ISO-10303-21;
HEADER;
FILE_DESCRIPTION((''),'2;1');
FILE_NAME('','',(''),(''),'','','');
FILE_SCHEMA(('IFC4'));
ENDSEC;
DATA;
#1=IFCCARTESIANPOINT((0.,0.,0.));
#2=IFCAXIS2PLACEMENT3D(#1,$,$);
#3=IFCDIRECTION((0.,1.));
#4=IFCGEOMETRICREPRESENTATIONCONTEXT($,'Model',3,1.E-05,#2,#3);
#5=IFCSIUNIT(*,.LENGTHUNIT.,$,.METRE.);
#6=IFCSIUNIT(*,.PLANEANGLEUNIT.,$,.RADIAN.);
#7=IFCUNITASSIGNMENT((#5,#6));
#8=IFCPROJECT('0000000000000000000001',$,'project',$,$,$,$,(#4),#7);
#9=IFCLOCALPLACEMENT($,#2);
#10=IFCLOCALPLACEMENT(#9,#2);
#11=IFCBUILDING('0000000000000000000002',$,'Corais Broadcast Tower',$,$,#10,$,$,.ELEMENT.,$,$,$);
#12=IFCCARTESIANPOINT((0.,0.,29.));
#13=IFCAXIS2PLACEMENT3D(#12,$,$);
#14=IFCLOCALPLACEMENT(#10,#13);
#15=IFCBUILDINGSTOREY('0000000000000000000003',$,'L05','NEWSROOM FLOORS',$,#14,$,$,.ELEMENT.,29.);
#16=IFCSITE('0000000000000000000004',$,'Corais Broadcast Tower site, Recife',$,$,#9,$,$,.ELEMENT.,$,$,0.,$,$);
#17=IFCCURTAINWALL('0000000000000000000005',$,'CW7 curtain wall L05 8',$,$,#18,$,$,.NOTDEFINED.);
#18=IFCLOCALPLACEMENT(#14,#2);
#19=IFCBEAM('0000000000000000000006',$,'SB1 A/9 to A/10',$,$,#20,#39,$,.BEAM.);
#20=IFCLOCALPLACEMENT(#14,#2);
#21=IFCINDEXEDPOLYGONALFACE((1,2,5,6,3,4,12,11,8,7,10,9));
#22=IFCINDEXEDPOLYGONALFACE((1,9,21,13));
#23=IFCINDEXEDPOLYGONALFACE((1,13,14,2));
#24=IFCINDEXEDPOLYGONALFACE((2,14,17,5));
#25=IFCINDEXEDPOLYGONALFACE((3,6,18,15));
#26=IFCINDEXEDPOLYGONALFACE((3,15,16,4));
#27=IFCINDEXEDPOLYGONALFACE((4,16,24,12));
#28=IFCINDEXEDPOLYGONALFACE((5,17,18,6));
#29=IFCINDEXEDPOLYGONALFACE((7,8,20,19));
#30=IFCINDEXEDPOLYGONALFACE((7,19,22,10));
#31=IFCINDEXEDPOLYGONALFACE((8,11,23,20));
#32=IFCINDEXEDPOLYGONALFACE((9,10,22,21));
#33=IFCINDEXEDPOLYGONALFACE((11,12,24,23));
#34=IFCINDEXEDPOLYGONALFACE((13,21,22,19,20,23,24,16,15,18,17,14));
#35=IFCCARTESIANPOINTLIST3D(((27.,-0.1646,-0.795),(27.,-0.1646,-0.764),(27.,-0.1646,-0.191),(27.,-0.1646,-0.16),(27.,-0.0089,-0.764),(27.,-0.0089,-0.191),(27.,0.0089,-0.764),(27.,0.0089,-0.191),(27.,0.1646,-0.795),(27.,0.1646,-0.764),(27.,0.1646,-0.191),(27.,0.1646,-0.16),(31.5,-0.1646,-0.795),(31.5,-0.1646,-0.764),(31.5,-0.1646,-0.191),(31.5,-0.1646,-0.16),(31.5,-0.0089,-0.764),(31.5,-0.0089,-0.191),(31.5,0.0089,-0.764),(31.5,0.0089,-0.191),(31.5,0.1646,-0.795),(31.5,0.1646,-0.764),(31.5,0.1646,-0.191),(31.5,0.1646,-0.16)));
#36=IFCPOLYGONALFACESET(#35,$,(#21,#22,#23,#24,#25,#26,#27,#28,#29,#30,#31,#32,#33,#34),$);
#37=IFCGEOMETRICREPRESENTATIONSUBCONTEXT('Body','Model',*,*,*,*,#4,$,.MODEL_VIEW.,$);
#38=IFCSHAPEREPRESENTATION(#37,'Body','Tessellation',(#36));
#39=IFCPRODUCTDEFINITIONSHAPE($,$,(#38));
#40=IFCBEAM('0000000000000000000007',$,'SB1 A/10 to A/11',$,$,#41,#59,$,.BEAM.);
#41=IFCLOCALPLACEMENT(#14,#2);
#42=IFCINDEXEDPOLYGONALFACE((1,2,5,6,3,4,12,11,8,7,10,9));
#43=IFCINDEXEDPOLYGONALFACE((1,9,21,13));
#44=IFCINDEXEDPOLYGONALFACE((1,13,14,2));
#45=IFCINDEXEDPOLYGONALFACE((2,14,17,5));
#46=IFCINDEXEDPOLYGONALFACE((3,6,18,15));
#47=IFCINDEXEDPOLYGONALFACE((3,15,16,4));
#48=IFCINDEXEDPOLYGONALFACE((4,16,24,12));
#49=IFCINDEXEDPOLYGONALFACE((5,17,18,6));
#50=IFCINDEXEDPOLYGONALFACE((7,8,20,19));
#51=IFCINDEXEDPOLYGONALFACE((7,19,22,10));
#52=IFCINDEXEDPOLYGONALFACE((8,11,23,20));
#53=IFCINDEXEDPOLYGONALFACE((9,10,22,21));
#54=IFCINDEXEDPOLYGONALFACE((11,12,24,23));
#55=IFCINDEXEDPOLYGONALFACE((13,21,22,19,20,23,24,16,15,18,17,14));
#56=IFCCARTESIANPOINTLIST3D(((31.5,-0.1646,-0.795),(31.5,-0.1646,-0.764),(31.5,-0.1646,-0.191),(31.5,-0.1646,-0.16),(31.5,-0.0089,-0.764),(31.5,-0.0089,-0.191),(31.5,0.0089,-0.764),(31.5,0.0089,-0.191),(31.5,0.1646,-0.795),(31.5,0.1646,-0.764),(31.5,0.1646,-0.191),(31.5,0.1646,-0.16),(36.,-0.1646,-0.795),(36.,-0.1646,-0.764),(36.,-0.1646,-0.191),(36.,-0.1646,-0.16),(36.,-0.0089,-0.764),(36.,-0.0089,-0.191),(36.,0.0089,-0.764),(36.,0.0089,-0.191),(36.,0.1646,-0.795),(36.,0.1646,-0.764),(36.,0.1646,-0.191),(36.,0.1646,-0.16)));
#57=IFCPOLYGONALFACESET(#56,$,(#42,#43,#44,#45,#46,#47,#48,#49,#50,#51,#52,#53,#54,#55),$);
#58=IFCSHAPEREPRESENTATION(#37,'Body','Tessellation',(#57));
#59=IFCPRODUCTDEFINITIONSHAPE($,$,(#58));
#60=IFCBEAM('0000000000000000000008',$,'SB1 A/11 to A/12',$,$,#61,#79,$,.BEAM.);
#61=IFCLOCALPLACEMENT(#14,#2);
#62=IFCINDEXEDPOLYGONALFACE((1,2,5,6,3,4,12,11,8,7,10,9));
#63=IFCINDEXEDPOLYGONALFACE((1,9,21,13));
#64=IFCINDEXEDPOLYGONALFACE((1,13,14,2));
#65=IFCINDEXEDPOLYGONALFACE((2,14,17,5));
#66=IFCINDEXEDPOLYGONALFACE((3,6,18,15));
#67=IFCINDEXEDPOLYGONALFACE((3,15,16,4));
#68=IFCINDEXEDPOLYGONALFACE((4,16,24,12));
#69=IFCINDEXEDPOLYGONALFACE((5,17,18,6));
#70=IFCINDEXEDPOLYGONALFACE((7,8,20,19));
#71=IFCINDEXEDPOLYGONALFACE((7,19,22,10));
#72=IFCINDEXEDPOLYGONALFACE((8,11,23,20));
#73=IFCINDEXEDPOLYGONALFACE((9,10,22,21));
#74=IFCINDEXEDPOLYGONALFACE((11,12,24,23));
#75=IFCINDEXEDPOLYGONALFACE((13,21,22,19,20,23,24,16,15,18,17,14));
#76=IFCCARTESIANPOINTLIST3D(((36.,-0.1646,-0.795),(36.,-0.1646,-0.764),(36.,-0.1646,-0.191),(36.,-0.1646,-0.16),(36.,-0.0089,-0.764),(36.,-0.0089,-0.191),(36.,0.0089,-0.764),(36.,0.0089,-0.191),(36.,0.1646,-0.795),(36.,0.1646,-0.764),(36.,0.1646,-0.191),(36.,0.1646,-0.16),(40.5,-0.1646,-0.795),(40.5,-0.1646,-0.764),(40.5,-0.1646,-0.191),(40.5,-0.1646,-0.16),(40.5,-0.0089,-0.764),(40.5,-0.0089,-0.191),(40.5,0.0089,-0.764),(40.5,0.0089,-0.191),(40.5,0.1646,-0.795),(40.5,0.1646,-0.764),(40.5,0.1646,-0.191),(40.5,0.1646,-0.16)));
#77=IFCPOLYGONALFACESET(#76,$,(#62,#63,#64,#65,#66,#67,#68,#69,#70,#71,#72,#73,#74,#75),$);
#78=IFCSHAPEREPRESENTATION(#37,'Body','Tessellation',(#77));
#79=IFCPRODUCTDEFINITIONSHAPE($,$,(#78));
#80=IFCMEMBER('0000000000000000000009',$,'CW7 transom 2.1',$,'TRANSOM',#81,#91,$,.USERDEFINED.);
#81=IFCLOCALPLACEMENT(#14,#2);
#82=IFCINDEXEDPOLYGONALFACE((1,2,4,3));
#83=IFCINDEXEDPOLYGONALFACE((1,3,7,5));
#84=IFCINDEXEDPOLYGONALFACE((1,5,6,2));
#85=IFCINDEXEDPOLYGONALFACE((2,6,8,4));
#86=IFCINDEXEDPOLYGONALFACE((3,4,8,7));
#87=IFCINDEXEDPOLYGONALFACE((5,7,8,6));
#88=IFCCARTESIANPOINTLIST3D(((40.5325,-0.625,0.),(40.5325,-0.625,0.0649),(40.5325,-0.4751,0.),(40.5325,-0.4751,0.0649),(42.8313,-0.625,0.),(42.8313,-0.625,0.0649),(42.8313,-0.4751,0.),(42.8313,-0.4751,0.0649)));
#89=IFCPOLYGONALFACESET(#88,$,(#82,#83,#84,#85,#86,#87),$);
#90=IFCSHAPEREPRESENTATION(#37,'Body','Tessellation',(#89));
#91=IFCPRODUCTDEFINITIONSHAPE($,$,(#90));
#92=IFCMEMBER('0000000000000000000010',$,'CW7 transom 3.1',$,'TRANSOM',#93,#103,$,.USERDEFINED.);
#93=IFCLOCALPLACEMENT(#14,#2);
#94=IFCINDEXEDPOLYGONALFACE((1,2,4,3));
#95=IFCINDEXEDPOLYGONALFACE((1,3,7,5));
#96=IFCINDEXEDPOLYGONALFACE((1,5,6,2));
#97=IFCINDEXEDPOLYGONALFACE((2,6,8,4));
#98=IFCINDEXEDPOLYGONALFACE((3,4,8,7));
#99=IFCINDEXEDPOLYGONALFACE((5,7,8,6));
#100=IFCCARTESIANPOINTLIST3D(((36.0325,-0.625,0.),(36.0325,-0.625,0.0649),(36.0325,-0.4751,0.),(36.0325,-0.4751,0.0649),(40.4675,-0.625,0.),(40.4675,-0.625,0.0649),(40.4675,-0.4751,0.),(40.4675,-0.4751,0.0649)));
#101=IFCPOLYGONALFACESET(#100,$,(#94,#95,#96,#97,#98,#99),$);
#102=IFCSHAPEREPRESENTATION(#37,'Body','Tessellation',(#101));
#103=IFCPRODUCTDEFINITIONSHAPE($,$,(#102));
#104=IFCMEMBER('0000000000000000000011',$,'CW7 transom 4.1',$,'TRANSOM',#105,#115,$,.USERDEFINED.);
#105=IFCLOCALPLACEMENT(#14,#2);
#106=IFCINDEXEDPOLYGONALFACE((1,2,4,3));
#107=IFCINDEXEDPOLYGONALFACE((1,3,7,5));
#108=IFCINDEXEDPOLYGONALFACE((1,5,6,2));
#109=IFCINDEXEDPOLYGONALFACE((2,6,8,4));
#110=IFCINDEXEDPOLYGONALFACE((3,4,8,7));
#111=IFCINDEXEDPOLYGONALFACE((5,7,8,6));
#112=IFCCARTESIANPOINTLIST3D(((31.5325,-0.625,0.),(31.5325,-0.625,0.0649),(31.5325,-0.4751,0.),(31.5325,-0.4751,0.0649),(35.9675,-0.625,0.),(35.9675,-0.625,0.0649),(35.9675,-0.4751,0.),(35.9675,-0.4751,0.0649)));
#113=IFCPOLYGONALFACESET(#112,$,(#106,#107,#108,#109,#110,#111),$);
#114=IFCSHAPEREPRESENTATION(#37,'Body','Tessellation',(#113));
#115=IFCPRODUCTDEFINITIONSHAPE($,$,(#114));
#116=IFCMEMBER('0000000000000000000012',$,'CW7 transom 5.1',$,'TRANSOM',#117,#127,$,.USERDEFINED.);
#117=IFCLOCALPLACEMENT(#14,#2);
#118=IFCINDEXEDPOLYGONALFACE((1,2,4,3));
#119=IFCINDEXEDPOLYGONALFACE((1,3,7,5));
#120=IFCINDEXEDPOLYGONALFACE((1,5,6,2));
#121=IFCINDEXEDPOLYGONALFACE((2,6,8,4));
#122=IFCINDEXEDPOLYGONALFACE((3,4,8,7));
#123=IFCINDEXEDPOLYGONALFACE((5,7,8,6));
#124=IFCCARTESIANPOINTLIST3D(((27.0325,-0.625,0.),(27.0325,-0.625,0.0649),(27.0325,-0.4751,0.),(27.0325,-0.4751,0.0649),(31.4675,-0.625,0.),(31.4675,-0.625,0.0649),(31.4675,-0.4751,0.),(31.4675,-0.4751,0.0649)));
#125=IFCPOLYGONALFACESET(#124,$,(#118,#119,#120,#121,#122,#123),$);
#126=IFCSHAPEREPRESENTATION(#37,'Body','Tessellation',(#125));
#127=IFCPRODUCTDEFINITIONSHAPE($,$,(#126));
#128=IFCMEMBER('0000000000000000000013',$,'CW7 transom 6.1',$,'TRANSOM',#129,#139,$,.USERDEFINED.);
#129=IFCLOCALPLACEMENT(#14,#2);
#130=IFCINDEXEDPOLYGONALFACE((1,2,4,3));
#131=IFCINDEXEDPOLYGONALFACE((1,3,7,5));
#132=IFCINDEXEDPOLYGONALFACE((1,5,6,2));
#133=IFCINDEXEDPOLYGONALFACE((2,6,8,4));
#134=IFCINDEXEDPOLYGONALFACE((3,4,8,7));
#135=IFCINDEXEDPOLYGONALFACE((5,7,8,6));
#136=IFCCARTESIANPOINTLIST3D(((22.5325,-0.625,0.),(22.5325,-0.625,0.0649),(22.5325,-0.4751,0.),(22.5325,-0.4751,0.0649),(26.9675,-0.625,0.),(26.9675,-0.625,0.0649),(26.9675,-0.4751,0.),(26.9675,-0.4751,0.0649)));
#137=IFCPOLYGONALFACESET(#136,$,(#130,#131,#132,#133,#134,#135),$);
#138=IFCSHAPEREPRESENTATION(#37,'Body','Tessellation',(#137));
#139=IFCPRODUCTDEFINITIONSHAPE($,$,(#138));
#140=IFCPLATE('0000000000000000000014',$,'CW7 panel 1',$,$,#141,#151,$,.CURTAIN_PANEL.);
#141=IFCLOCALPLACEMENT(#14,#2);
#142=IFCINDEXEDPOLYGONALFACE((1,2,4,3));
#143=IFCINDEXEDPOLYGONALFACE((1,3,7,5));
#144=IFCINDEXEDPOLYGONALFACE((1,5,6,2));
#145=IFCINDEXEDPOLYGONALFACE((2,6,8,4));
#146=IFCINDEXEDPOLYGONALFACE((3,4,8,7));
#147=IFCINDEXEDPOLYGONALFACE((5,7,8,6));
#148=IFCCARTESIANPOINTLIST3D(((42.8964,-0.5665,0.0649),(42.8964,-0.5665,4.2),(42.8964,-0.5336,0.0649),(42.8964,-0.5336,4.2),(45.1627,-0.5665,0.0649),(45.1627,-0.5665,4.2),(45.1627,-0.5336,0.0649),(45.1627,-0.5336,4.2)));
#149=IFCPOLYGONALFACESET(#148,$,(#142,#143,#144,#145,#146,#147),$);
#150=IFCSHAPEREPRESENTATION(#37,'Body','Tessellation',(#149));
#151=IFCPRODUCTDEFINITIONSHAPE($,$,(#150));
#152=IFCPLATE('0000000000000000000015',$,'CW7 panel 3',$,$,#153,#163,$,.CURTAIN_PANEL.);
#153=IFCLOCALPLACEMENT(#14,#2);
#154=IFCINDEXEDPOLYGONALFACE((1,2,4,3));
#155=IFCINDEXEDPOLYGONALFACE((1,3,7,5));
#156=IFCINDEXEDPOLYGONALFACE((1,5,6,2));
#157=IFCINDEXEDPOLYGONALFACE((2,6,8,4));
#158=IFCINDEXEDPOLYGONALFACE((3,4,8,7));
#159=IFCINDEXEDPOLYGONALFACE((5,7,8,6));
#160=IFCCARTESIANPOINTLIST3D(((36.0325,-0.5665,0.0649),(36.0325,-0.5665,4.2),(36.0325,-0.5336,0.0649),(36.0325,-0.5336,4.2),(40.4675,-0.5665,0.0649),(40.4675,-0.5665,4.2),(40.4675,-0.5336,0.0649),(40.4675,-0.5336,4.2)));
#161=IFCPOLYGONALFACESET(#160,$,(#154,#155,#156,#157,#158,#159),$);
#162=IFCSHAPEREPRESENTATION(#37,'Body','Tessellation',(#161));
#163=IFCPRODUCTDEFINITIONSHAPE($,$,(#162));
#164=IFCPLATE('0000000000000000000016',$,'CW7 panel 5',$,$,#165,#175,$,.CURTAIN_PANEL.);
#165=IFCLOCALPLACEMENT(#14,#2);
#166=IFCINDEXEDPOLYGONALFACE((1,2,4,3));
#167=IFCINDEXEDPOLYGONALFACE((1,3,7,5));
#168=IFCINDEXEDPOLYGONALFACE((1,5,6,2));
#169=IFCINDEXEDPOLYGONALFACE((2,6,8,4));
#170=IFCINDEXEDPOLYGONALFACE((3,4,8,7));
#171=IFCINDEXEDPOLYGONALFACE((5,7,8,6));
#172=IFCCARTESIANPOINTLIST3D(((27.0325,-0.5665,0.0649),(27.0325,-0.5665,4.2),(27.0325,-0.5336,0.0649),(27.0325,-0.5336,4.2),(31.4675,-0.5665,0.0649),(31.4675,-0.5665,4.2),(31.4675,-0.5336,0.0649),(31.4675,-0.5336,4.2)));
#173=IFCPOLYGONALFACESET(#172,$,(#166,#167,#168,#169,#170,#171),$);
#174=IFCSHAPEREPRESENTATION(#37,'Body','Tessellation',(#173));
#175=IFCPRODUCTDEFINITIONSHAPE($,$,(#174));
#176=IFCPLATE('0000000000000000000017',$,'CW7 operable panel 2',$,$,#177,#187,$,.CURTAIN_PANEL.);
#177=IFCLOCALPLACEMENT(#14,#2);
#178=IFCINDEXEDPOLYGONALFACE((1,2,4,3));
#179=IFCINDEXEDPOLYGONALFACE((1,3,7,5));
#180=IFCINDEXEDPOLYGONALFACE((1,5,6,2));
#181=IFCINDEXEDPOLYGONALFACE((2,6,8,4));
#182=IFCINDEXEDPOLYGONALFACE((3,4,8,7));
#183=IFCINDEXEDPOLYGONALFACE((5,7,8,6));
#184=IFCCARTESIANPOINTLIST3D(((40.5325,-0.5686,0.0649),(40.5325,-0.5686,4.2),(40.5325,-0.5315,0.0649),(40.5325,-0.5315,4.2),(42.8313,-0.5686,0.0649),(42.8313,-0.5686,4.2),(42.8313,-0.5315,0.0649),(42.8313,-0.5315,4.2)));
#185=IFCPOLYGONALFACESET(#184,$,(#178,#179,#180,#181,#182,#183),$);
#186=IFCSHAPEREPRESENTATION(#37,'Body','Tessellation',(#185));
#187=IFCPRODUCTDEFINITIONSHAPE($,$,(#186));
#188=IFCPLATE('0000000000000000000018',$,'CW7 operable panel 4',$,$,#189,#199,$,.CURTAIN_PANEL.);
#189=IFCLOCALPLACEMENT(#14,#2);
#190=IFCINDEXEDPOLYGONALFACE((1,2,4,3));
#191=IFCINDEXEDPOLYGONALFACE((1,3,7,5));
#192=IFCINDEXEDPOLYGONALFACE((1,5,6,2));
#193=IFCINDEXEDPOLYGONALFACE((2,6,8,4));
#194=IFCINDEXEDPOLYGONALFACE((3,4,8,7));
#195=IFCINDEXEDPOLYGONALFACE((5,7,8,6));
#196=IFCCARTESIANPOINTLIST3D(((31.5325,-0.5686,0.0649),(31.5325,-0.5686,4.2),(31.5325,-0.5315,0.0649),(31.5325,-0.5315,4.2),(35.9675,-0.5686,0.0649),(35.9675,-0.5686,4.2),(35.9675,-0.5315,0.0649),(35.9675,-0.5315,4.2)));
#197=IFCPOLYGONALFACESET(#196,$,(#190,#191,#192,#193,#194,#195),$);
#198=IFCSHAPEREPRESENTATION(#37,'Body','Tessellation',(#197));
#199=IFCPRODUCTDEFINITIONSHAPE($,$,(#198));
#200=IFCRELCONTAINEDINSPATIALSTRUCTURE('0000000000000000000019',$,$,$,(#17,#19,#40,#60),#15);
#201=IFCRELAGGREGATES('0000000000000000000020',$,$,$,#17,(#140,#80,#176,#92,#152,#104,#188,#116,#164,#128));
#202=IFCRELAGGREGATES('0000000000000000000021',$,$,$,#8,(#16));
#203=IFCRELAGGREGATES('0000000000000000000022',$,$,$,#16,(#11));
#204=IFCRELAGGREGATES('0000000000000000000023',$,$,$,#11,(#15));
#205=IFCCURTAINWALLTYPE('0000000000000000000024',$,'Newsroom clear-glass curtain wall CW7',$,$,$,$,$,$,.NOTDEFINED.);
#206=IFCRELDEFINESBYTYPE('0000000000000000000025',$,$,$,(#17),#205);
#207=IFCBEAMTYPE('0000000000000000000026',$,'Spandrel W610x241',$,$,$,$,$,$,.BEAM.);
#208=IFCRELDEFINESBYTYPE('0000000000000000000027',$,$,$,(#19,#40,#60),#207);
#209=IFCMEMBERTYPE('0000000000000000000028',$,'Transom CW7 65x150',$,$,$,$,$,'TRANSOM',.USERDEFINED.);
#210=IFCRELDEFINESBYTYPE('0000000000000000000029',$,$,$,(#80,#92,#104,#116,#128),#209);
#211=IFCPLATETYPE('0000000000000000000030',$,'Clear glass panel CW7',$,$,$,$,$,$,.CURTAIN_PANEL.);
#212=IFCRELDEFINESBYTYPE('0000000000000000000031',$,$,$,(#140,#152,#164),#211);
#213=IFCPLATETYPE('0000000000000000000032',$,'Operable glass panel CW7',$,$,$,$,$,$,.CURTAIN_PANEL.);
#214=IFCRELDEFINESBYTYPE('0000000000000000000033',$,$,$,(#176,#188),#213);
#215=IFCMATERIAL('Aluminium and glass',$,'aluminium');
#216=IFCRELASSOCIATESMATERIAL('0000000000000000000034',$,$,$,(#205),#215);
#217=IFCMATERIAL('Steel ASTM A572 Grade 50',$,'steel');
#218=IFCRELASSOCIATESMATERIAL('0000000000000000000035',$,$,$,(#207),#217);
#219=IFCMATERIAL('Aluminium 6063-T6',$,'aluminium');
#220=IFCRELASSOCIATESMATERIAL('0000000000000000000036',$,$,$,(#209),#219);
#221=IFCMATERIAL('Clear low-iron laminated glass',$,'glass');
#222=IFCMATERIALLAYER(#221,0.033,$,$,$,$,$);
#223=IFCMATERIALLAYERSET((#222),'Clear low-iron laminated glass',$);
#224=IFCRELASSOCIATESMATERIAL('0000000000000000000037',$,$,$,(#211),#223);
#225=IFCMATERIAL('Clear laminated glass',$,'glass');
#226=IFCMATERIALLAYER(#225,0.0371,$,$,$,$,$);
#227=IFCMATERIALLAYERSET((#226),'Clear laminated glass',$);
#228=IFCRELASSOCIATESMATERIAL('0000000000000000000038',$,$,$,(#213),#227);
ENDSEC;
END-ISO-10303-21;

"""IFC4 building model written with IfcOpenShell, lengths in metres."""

from ifc_helpers import new_model, si_unit, direction, frame, origin, origin_2d, place, context, subcontext, project, spatial, rectangle, i_section, extrude, material, layer, layer_set, material_profile, profile_set, type_object, element, aggregate, save


model = new_model("IFC4")

# Units and contexts
model_context = context("Model", 3, precision=1e-05, world=origin(), true_north=direction((0.0, 1.0)))
body_context = subcontext(model_context, "Body", "Model", "MODEL_VIEW")
ifc_project = project(units=[si_unit("LENGTHUNIT", "METRE"), si_unit("PLANEANGLEUNIT", "RADIAN")], contexts=[model_context])

# Site, building, storey
site_placement = place(None, origin())
site = spatial("IfcSite", under=ifc_project, at=site_placement, Name="Corais Broadcast Tower site, Recife", CompositionType="ELEMENT", RefElevation=0.0)
building_placement = place(site_placement, origin())
building = spatial("IfcBuilding", under=site, at=building_placement, Name="Corais Broadcast Tower", CompositionType="ELEMENT")
storey_placement = place(building_placement, frame((0.0, 0.0, 29.0)))
storey = spatial("IfcBuildingStorey", under=building, at=storey_placement, Name="L05", Description="NEWSROOM FLOORS", CompositionType="ELEMENT", Elevation=29.0)

# Curtain wall
ifc_material_1 = material(Name="Aluminium and glass", Category="aluminium")
curtain_wall_type = type_object("IfcCurtainWallType", Name="Newsroom clear-glass curtain wall CW7", PredefinedType="NOTDEFINED", material=ifc_material_1)
curtain_wall_placement = place(storey_placement, origin())
curtain_wall = element("IfcCurtainWall", 1, at=curtain_wall_placement, inside=storey, type_object=curtain_wall_type, Name="CW7 curtain wall L05 8", PredefinedType="NOTDEFINED")

# Beams
ifc_material_2 = material(Name="Steel ASTM A572 Grade 50", Category="steel")
ifc_material_profile_1 = material_profile(ifc_material_2, i_section(OverallWidth=0.3291, OverallDepth=0.635, WebThickness=0.0178, FlangeThickness=0.031, at=origin_2d()), Name="W610x241")
ifc_profile_set_1 = profile_set([ifc_material_profile_1], Name="Steel ASTM A572 Grade 50")
beam_type_1 = type_object("IfcBeamType", Name="Spandrel W610x241", PredefinedType="BEAM", material=ifc_profile_set_1)
for number, where, z_axis, x_axis, name in (
    (2, (27.0, 0.0, -0.4775), (1.0, 0.0, 0.0), (0.0, 1.0, 0.0), "SB1 A/9 to A/10"),
    (3, (31.5, 0.0, -0.4775), (1.0, 0.0, 0.0), (0.0, 1.0, 0.0), "SB1 A/10 to A/11"),
    (4, (36.0, 0.0, -0.4775), (1.0, 0.0, 0.0), (0.0, 1.0, 0.0), "SB1 A/11 to A/12"),
):
    element("IfcBeam", number, at=place(storey_placement, frame(where, z_axis=z_axis, x_axis=x_axis)), inside=storey, type_object=beam_type_1, Name=name, PredefinedType="BEAM", context=body_context, shape_type="SweptSolid", body=[
        extrude(i_section(OverallWidth=0.3291, OverallDepth=0.635, WebThickness=0.0178, FlangeThickness=0.031, at=origin_2d()), origin(), (0.0, 0.0, 1.0), 4.5),
    ])

# Members
ifc_material_3 = material(Name="Aluminium 6063-T6", Category="aluminium")
ifc_material_profile_2 = material_profile(ifc_material_3, rectangle(XDim=0.1499, YDim=0.0649, at=origin_2d()), Name="Transom CW7 65x150")
ifc_profile_set_2 = profile_set([ifc_material_profile_2], Name="Aluminium 6063-T6")
member_type_1 = type_object("IfcMemberType", Name="Transom CW7 65x150", ElementType="TRANSOM", PredefinedType="USERDEFINED", material=ifc_profile_set_2)
member_1_placement = place(storey_placement, frame((42.8313, -0.55, 0.0325), z_axis=(-1.0, 0.0, 0.0), x_axis=(0.0, -1.0, 0.0)))
member_1 = element("IfcMember", 5, at=member_1_placement, type_object=member_type_1, Name="CW7 transom 2.1", ObjectType="TRANSOM", PredefinedType="USERDEFINED", context=body_context, shape_type="SweptSolid", body=[
    extrude(rectangle(XDim=0.1499, YDim=0.0649, at=origin_2d()), origin(), (0.0, 0.0, 1.0), 2.2988),
])
member_2_placement = place(storey_placement, frame((40.4675, -0.55, 0.0325), z_axis=(-1.0, 0.0, 0.0), x_axis=(0.0, -1.0, 0.0)))
member_2 = element("IfcMember", 6, at=member_2_placement, type_object=member_type_1, Name="CW7 transom 3.1", ObjectType="TRANSOM", PredefinedType="USERDEFINED", context=body_context, shape_type="SweptSolid", body=[
    extrude(rectangle(XDim=0.1499, YDim=0.0649, at=origin_2d()), origin(), (0.0, 0.0, 1.0), 4.4351),
])
member_3_placement = place(storey_placement, frame((35.9675, -0.55, 0.0325), z_axis=(-1.0, 0.0, 0.0), x_axis=(0.0, -1.0, 0.0)))
member_3 = element("IfcMember", 7, at=member_3_placement, type_object=member_type_1, Name="CW7 transom 4.1", ObjectType="TRANSOM", PredefinedType="USERDEFINED", context=body_context, shape_type="SweptSolid", body=[
    extrude(rectangle(XDim=0.1499, YDim=0.0649, at=origin_2d()), origin(), (0.0, 0.0, 1.0), 4.4351),
])
member_4_placement = place(storey_placement, frame((31.4675, -0.55, 0.0325), z_axis=(-1.0, 0.0, 0.0), x_axis=(0.0, -1.0, 0.0)))
member_4 = element("IfcMember", 8, at=member_4_placement, type_object=member_type_1, Name="CW7 transom 5.1", ObjectType="TRANSOM", PredefinedType="USERDEFINED", context=body_context, shape_type="SweptSolid", body=[
    extrude(rectangle(XDim=0.1499, YDim=0.0649, at=origin_2d()), origin(), (0.0, 0.0, 1.0), 4.4351),
])
member_5_placement = place(storey_placement, frame((26.9675, -0.55, 0.0325), z_axis=(-1.0, 0.0, 0.0), x_axis=(0.0, -1.0, 0.0)))
member_5 = element("IfcMember", 9, at=member_5_placement, type_object=member_type_1, Name="CW7 transom 6.1", ObjectType="TRANSOM", PredefinedType="USERDEFINED", context=body_context, shape_type="SweptSolid", body=[
    extrude(rectangle(XDim=0.1499, YDim=0.0649, at=origin_2d()), origin(), (0.0, 0.0, 1.0), 4.4351),
])

# Plates
ifc_material_4 = material(Name="Clear low-iron laminated glass", Category="glass")
ifc_layer_1 = layer(ifc_material_4, 0.033)
ifc_layer_set_1 = layer_set([ifc_layer_1], Name="Clear low-iron laminated glass")
plate_type_1 = type_object("IfcPlateType", Name="Clear glass panel CW7", PredefinedType="CURTAIN_PANEL", material=ifc_layer_set_1)
plate_1_placement = place(storey_placement, frame((44.0295, -0.55, 0.0649), z_axis=(0.0, 0.0, 1.0), x_axis=(-1.0, 0.0, 0.0)))
plate_1 = element("IfcPlate", 10, at=plate_1_placement, type_object=plate_type_1, Name="CW7 panel 1", PredefinedType="CURTAIN_PANEL", context=body_context, shape_type="SweptSolid", body=[
    extrude(rectangle(XDim=2.2664, YDim=0.033, at=origin_2d()), origin(), (0.0, 0.0, 1.0), 4.135),
])
plate_2_placement = place(storey_placement, frame((38.25, -0.55, 0.0649), z_axis=(0.0, 0.0, 1.0), x_axis=(-1.0, 0.0, 0.0)))
plate_2 = element("IfcPlate", 11, at=plate_2_placement, type_object=plate_type_1, Name="CW7 panel 3", PredefinedType="CURTAIN_PANEL", context=body_context, shape_type="SweptSolid", body=[
    extrude(rectangle(XDim=4.4351, YDim=0.033, at=origin_2d()), origin(), (0.0, 0.0, 1.0), 4.135),
])
plate_3_placement = place(storey_placement, frame((29.25, -0.55, 0.0649), z_axis=(0.0, 0.0, 1.0), x_axis=(-1.0, 0.0, 0.0)))
plate_3 = element("IfcPlate", 12, at=plate_3_placement, type_object=plate_type_1, Name="CW7 panel 5", PredefinedType="CURTAIN_PANEL", context=body_context, shape_type="SweptSolid", body=[
    extrude(rectangle(XDim=4.4351, YDim=0.033, at=origin_2d()), origin(), (0.0, 0.0, 1.0), 4.135),
])
ifc_material_5 = material(Name="Clear laminated glass", Category="glass")
ifc_layer_2 = layer(ifc_material_5, 0.0371)
ifc_layer_set_2 = layer_set([ifc_layer_2], Name="Clear laminated glass")
plate_type_2 = type_object("IfcPlateType", Name="Operable glass panel CW7", PredefinedType="CURTAIN_PANEL", material=ifc_layer_set_2)
plate_4_placement = place(storey_placement, frame((41.6819, -0.55, 0.0649), z_axis=(0.0, 0.0, 1.0), x_axis=(-1.0, 0.0, 0.0)))
plate_4 = element("IfcPlate", 13, at=plate_4_placement, type_object=plate_type_2, Name="CW7 operable panel 2", PredefinedType="CURTAIN_PANEL", context=body_context, shape_type="SweptSolid", body=[
    extrude(rectangle(XDim=2.2988, YDim=0.0371, at=origin_2d()), origin(), (0.0, 0.0, 1.0), 4.135),
])
plate_5_placement = place(storey_placement, frame((33.75, -0.55, 0.0649), z_axis=(0.0, 0.0, 1.0), x_axis=(-1.0, 0.0, 0.0)))
plate_5 = element("IfcPlate", 14, at=plate_5_placement, type_object=plate_type_2, Name="CW7 operable panel 4", PredefinedType="CURTAIN_PANEL", context=body_context, shape_type="SweptSolid", body=[
    extrude(rectangle(XDim=4.4351, YDim=0.0371, at=origin_2d()), origin(), (0.0, 0.0, 1.0), 4.135),
])
aggregate(curtain_wall, [plate_1, member_1, plate_4, member_2, plate_2, member_3, plate_5, member_4, plate_3, member_5])

save(model, "model.ifc")
